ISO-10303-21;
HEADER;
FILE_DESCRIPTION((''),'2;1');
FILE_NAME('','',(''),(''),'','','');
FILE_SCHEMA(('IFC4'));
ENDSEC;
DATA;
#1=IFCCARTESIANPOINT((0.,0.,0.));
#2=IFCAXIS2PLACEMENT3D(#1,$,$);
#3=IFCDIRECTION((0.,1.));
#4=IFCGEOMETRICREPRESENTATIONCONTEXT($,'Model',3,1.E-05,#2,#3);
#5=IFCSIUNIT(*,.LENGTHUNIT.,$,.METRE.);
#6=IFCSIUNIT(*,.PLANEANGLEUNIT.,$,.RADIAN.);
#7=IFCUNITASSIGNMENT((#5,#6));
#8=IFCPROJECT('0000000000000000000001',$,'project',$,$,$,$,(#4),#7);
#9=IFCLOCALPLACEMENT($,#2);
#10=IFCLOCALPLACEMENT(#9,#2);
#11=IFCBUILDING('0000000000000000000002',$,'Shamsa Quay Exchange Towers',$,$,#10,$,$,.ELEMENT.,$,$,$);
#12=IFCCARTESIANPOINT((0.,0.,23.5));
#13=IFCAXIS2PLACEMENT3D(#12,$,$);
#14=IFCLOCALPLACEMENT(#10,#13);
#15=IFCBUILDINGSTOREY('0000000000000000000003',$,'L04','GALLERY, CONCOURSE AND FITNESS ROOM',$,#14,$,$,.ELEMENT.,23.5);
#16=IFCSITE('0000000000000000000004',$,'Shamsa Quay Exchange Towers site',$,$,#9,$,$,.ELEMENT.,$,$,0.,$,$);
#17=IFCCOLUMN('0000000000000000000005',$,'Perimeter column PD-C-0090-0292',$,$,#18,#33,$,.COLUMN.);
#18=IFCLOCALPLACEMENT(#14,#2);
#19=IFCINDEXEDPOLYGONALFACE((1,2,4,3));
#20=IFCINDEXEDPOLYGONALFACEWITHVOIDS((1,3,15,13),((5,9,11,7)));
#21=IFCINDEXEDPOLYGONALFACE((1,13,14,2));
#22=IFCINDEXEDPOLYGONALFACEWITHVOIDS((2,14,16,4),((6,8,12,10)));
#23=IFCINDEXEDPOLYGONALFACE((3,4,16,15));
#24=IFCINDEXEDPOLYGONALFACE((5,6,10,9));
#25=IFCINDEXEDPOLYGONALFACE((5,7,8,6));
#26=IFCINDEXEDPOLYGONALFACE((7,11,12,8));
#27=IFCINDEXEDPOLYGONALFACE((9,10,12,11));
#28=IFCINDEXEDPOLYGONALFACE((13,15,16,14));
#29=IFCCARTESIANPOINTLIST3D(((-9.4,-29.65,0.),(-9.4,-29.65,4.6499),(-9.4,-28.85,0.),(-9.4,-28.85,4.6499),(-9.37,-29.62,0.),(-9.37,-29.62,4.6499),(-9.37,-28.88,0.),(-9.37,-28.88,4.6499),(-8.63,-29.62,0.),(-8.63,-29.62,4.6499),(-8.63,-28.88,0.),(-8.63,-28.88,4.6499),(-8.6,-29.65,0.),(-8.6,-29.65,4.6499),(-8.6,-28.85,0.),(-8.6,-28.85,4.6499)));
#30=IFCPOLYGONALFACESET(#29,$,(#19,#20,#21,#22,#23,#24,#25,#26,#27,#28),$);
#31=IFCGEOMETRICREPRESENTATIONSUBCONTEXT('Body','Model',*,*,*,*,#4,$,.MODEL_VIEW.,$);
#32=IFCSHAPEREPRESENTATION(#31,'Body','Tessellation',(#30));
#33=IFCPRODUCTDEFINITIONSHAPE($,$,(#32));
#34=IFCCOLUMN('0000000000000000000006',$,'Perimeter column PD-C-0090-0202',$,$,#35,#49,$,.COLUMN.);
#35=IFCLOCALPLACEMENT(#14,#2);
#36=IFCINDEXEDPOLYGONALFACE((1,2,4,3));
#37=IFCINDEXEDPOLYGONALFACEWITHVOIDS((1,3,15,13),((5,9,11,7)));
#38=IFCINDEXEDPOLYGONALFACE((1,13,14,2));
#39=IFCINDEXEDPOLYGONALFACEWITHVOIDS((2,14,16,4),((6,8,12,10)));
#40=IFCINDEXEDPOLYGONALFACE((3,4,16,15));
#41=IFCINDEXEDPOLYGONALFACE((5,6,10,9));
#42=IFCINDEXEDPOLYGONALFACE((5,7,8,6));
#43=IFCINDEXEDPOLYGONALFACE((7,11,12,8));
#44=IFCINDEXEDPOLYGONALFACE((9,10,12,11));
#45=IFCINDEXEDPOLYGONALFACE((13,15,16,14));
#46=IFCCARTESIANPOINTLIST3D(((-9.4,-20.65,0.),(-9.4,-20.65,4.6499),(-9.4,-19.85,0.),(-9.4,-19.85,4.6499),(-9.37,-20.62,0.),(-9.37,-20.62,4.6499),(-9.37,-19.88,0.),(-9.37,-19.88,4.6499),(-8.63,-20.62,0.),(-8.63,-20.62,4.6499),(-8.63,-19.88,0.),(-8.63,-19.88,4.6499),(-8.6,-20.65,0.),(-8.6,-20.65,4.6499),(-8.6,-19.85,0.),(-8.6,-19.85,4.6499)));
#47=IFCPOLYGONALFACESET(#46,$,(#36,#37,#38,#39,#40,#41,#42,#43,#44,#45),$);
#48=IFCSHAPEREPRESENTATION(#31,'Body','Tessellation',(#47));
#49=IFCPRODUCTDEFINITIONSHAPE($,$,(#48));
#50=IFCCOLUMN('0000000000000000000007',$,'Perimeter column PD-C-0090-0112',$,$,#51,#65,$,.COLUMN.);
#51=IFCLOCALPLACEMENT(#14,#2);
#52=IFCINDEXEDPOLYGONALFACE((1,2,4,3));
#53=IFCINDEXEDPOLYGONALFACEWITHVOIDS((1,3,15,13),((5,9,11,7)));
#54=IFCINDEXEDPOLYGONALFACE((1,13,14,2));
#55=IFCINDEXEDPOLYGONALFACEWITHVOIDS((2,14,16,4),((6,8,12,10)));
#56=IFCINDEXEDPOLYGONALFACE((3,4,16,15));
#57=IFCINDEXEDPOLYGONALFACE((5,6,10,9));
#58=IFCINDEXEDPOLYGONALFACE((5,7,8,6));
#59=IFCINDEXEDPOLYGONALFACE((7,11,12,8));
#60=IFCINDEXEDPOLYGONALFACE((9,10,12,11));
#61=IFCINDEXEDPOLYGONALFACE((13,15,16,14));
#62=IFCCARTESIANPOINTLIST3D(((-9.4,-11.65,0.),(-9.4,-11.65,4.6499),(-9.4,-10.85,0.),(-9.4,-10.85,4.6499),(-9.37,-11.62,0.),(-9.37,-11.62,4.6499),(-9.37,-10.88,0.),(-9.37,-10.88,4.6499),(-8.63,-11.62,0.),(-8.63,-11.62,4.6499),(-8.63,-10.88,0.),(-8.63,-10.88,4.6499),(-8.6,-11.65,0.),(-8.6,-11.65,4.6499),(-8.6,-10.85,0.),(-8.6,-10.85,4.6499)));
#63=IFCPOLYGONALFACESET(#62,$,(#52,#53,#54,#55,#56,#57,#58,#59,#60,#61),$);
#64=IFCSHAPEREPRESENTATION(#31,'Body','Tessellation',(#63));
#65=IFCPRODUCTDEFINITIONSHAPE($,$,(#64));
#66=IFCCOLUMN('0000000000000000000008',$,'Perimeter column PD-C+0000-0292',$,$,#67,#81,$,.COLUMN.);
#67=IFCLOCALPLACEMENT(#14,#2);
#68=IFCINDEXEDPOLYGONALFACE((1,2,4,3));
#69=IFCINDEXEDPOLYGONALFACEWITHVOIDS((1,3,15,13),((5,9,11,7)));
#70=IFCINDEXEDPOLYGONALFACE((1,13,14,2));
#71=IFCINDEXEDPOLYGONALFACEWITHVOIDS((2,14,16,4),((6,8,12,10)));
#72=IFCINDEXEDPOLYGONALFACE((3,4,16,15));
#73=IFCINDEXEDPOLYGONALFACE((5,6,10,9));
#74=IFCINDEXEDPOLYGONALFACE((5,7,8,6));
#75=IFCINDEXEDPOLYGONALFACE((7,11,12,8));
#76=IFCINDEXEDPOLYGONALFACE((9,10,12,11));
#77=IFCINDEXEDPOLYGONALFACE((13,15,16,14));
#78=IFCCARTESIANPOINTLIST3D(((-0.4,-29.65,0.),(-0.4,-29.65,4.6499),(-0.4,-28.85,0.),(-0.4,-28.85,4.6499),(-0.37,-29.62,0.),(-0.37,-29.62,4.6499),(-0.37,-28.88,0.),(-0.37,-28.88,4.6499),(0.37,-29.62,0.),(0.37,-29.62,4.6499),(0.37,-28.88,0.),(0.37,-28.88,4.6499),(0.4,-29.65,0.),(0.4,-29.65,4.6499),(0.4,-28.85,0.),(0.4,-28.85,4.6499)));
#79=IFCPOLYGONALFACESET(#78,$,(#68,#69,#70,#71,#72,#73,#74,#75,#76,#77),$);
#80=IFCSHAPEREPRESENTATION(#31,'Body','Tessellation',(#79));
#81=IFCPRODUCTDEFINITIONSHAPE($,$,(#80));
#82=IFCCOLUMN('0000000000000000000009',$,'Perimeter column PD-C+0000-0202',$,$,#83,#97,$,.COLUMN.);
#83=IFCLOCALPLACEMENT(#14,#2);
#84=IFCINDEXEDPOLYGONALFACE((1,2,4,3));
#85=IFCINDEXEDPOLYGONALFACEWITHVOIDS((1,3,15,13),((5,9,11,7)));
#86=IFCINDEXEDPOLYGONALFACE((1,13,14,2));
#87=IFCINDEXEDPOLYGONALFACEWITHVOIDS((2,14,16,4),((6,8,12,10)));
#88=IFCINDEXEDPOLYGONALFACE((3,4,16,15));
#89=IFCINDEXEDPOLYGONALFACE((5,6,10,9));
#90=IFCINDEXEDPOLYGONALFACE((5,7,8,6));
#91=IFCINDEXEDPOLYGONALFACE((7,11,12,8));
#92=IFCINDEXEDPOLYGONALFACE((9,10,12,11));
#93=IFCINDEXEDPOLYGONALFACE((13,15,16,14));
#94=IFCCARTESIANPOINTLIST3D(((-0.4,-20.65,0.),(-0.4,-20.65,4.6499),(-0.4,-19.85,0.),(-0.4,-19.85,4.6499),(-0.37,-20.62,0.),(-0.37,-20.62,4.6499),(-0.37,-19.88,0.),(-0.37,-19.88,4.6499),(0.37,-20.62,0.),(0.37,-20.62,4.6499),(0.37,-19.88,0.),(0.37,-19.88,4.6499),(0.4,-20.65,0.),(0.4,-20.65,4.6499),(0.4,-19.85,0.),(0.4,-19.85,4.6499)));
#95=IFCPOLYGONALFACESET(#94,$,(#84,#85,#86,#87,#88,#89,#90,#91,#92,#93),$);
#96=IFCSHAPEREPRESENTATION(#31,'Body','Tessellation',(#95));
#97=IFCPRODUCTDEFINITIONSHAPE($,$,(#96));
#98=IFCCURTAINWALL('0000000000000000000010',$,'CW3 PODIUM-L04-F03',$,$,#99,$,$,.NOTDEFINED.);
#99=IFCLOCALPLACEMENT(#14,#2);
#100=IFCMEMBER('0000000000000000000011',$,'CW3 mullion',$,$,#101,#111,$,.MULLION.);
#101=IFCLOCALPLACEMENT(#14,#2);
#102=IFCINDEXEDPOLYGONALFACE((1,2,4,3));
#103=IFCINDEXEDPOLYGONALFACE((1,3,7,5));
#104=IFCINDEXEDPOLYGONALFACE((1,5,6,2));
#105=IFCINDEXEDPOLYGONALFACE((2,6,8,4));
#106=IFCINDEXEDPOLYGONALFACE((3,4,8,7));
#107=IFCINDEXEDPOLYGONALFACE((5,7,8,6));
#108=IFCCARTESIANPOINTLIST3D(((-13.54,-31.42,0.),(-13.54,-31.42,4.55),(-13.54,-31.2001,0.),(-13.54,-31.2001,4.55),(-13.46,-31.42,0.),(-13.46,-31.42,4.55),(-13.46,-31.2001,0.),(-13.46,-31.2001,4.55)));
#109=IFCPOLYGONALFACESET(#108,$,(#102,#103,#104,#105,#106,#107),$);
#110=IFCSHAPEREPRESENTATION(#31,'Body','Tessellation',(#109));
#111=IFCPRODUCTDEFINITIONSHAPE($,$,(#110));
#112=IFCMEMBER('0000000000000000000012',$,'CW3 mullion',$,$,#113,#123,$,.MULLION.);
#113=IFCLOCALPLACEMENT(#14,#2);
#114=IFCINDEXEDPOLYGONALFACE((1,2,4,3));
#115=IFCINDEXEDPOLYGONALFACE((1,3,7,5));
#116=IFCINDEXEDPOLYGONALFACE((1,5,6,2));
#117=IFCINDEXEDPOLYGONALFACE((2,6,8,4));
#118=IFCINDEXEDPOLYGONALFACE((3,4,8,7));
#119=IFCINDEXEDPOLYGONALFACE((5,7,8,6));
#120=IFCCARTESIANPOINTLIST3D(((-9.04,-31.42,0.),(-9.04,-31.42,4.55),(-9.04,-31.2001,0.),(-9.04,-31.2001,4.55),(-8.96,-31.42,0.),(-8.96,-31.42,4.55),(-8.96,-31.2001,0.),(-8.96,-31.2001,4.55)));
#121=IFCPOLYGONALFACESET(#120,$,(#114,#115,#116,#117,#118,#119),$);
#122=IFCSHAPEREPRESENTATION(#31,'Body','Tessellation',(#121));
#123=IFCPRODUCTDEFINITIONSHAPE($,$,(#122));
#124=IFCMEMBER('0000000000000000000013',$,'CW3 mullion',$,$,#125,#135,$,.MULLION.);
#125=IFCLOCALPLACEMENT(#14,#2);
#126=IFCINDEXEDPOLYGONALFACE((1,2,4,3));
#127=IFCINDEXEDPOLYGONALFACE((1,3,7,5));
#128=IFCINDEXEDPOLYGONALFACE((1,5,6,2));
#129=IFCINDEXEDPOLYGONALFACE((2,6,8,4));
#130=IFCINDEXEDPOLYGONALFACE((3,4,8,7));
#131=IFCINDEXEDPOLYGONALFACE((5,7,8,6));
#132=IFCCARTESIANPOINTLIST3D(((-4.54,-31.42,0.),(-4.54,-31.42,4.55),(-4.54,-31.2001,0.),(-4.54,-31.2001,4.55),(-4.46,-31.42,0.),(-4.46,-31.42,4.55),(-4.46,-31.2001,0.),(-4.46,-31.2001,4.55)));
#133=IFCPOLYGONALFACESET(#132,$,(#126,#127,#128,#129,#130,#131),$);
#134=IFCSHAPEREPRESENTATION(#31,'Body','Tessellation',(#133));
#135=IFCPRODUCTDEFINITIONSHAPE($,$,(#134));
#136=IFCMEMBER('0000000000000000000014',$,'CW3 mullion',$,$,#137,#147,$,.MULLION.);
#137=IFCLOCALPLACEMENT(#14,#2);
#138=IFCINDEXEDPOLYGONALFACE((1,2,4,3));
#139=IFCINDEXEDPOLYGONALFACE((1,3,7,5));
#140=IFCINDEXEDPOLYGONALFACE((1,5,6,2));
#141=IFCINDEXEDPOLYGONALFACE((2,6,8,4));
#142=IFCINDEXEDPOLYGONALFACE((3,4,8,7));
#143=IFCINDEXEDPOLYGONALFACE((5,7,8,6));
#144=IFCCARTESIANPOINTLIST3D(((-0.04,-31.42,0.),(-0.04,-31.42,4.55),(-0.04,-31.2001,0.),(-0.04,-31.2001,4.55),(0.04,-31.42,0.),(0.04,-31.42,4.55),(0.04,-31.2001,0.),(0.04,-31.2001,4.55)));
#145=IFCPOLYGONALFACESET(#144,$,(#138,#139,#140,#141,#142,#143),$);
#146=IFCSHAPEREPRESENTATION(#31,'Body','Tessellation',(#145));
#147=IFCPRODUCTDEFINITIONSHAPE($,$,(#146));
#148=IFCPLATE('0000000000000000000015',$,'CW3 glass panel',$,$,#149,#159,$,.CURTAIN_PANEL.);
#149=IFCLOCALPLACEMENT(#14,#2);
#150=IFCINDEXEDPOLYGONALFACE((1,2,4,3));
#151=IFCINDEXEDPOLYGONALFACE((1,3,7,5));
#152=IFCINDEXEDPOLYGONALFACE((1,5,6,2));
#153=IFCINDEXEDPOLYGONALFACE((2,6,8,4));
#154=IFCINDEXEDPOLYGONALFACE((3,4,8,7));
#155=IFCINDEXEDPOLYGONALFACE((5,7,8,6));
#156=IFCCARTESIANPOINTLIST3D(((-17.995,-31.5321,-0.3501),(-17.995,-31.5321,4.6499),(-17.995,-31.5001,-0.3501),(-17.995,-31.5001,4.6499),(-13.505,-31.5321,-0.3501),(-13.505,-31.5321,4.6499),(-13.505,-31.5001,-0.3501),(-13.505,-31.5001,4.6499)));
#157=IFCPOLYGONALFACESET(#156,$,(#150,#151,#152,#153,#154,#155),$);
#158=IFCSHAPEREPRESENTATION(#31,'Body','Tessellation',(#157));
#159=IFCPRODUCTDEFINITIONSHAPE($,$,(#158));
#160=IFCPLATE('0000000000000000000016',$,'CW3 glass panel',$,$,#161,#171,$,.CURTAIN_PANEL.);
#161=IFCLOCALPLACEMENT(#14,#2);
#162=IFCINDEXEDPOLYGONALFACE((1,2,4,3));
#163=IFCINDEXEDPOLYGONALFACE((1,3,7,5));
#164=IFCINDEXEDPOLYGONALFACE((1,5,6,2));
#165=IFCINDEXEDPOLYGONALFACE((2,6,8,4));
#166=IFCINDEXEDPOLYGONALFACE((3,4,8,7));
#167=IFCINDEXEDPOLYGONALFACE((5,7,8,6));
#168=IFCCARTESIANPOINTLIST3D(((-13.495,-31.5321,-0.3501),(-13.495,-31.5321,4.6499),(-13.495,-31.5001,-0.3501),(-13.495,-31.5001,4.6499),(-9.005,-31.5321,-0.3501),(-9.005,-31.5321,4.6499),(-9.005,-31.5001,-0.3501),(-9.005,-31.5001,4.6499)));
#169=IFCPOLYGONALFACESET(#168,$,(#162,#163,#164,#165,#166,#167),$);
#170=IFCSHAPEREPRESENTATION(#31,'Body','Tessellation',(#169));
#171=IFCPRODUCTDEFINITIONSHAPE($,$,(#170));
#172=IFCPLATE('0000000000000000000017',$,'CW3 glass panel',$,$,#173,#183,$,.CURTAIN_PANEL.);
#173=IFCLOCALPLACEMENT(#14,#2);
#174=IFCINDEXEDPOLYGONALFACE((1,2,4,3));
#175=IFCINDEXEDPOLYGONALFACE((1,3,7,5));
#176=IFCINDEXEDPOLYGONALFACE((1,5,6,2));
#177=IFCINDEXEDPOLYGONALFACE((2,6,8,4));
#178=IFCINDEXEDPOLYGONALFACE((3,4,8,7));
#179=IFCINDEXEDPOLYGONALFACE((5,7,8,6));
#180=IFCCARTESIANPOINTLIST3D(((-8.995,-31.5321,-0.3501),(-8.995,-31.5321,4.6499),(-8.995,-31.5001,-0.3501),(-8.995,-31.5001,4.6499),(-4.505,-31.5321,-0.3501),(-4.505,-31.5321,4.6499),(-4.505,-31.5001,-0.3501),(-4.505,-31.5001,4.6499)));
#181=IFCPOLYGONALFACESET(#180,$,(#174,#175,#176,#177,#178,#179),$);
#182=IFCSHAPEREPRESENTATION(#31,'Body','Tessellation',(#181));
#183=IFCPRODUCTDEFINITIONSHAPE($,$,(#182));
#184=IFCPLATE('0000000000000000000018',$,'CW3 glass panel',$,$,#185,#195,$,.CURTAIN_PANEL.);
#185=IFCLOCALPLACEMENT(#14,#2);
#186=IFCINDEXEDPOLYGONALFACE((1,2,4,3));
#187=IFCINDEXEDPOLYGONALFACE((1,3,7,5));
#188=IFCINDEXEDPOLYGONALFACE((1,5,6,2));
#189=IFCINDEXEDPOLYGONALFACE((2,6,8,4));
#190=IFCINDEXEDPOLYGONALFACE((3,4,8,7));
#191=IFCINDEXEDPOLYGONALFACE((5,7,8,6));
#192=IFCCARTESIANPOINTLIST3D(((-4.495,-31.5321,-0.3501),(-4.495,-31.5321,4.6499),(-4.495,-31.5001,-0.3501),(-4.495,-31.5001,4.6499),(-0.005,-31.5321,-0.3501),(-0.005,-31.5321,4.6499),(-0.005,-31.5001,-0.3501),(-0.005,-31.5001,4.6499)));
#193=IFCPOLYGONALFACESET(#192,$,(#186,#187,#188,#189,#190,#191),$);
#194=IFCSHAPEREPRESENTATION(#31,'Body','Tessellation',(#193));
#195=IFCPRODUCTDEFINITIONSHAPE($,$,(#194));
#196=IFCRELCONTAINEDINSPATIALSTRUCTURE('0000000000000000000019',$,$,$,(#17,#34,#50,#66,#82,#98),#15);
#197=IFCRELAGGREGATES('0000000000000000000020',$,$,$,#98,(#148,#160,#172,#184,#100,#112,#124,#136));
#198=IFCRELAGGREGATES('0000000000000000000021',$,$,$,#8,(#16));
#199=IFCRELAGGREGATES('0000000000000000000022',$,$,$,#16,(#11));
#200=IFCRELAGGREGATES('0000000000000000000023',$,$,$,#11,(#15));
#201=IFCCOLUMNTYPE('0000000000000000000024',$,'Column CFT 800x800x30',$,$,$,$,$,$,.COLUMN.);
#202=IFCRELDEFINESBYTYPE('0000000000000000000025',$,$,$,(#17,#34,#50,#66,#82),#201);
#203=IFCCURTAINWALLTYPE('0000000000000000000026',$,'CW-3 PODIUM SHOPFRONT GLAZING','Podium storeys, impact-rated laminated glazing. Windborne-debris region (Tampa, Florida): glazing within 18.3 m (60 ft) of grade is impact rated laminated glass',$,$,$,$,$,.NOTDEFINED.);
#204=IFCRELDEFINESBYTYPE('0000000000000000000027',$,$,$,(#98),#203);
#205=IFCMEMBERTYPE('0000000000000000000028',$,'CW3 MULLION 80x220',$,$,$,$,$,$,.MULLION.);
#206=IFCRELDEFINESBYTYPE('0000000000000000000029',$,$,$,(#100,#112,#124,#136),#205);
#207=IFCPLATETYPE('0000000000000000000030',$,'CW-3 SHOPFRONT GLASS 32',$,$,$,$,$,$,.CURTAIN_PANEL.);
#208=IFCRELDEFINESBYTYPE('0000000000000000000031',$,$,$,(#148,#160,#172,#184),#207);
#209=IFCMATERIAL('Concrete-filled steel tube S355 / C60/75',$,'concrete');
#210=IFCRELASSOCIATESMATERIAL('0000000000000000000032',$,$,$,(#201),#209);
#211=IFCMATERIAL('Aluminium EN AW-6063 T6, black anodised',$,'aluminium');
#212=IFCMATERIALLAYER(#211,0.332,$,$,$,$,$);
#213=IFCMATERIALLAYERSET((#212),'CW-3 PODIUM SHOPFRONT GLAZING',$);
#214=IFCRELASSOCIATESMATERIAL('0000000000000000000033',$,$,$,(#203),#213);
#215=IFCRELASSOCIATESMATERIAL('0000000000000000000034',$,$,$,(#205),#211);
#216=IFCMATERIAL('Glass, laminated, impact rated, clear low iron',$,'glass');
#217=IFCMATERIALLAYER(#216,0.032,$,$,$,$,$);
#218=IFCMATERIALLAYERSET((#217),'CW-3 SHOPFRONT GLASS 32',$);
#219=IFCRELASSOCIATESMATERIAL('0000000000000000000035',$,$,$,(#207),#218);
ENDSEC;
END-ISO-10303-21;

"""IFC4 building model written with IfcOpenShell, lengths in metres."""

from ifc_helpers import new_model, si_unit, direction, frame, origin, origin_2d, place, context, subcontext, project, spatial, rectangle, hollow_rectangle, extrude, material, layer, layer_set, material_profile, profile_set, type_object, element, aggregate, save


model = new_model("IFC4")

# Units and contexts
model_context = context("Model", 3, precision=1e-05, world=origin(), true_north=direction((0.0, 1.0)))
body_context = subcontext(model_context, "Body", "Model", "MODEL_VIEW")
ifc_project = project(units=[si_unit("LENGTHUNIT", "METRE"), si_unit("PLANEANGLEUNIT", "RADIAN")], contexts=[model_context])

# Site, building, storey
site_placement = place(None, origin())
site = spatial("IfcSite", under=ifc_project, at=site_placement, Name="Shamsa Quay Exchange Towers site", CompositionType="ELEMENT", RefElevation=0.0)
building_placement = place(site_placement, origin())
building = spatial("IfcBuilding", under=site, at=building_placement, Name="Shamsa Quay Exchange Towers", CompositionType="ELEMENT")
storey_placement = place(building_placement, frame((0.0, 0.0, 23.5)))
storey = spatial("IfcBuildingStorey", under=building, at=storey_placement, Name="L04", Description="GALLERY, CONCOURSE AND FITNESS ROOM", CompositionType="ELEMENT", Elevation=23.5)

# Columns
ifc_material_1 = material(Name="Concrete-filled steel tube S355 / C60/75", Category="concrete")
ifc_material_profile_1 = material_profile(ifc_material_1, hollow_rectangle(XDim=0.8, YDim=0.8, WallThickness=0.03, at=origin_2d()), Name="CFT 800x800x30")
ifc_profile_set_1 = profile_set([ifc_material_profile_1], Name="Concrete-filled steel tube S355 / C60/75")
column_type = type_object("IfcColumnType", Name="Column CFT 800x800x30", PredefinedType="COLUMN", material=ifc_profile_set_1)
for number, where, name in (
    (1, (-9.0, -29.25, 0.0), "Perimeter column PD-C-0090-0292"),
    (2, (-9.0, -20.25, 0.0), "Perimeter column PD-C-0090-0202"),
    (3, (-9.0, -11.25, 0.0), "Perimeter column PD-C-0090-0112"),
    (4, (0.0, -29.25, 0.0), "Perimeter column PD-C+0000-0292"),
    (5, (0.0, -20.25, 0.0), "Perimeter column PD-C+0000-0202"),
):
    element("IfcColumn", number, at=place(storey_placement, frame(where)), inside=storey, type_object=column_type, Name=name, PredefinedType="COLUMN", context=body_context, shape_type="SweptSolid", body=[
        extrude(hollow_rectangle(XDim=0.8, YDim=0.8, WallThickness=0.03, at=origin_2d()), origin(), (0.0, 0.0, 1.0), 4.6499),
    ])

# Curtain wall, members, plates
ifc_material_2 = material(Name="Aluminium EN AW-6063 T6, black anodised", Category="aluminium")
ifc_layer_1 = layer(ifc_material_2, 0.332)
ifc_layer_set_1 = layer_set([ifc_layer_1], Name="CW-3 PODIUM SHOPFRONT GLAZING")
curtain_wall_type = type_object("IfcCurtainWallType", Name="CW-3 PODIUM SHOPFRONT GLAZING", Description="Podium storeys, impact-rated laminated glazing. Windborne-debris region (Tampa, Florida): glazing within 18.3 m (60 ft) of grade is impact rated laminated glass", PredefinedType="NOTDEFINED", material=ifc_layer_set_1)
curtain_wall_placement = place(storey_placement, origin())
curtain_wall = element("IfcCurtainWall", 6, at=curtain_wall_placement, inside=storey, type_object=curtain_wall_type, Name="CW3 PODIUM-L04-F03", PredefinedType="NOTDEFINED")
ifc_material_profile_2 = material_profile(ifc_material_2, rectangle(XDim=0.22, YDim=0.0801, at=origin_2d()), Name="MU80x220")
ifc_profile_set_2 = profile_set([ifc_material_profile_2], Name="Aluminium EN AW-6063 T6, black anodised")
member_type = type_object("IfcMemberType", Name="CW3 MULLION 80x220", PredefinedType="MULLION", material=ifc_profile_set_2)
member_1_placement = place(storey_placement, frame((-13.5, -31.3101, 0.0), z_axis=(0.0, 0.0, 1.0), x_axis=(0.0, 1.0, 0.0)))
member_1 = element("IfcMember", 7, at=member_1_placement, type_object=member_type, Name="CW3 mullion", PredefinedType="MULLION", context=body_context, shape_type="SweptSolid", body=[
    extrude(rectangle(XDim=0.22, YDim=0.0801, at=origin_2d()), origin(), (0.0, 0.0, 1.0), 4.55),
])
member_2_placement = place(storey_placement, frame((-9.0, -31.3101, 0.0), z_axis=(0.0, 0.0, 1.0), x_axis=(0.0, 1.0, 0.0)))
member_2 = element("IfcMember", 8, at=member_2_placement, type_object=member_type, Name="CW3 mullion", PredefinedType="MULLION", context=body_context, shape_type="SweptSolid", body=[
    extrude(rectangle(XDim=0.22, YDim=0.0801, at=origin_2d()), origin(), (0.0, 0.0, 1.0), 4.55),
])
member_3_placement = place(storey_placement, frame((-4.5, -31.3101, 0.0), z_axis=(0.0, 0.0, 1.0), x_axis=(0.0, 1.0, 0.0)))
member_3 = element("IfcMember", 9, at=member_3_placement, type_object=member_type, Name="CW3 mullion", PredefinedType="MULLION", context=body_context, shape_type="SweptSolid", body=[
    extrude(rectangle(XDim=0.22, YDim=0.0801, at=origin_2d()), origin(), (0.0, 0.0, 1.0), 4.55),
])
member_4_placement = place(storey_placement, frame((0.0, -31.3101, 0.0), z_axis=(0.0, 0.0, 1.0), x_axis=(0.0, 1.0, 0.0)))
member_4 = element("IfcMember", 10, at=member_4_placement, type_object=member_type, Name="CW3 mullion", PredefinedType="MULLION", context=body_context, shape_type="SweptSolid", body=[
    extrude(rectangle(XDim=0.22, YDim=0.0801, at=origin_2d()), origin(), (0.0, 0.0, 1.0), 4.55),
])
ifc_material_3 = material(Name="Glass, laminated, impact rated, clear low iron", Category="glass")
ifc_layer_2 = layer(ifc_material_3, 0.032)
ifc_layer_set_2 = layer_set([ifc_layer_2], Name="CW-3 SHOPFRONT GLASS 32")
plate_type = type_object("IfcPlateType", Name="CW-3 SHOPFRONT GLASS 32", PredefinedType="CURTAIN_PANEL", material=ifc_layer_set_2)
plate_1_placement = place(storey_placement, frame((-15.75, -31.5161, -0.3501)))
plate_1 = element("IfcPlate", 11, at=plate_1_placement, type_object=plate_type, Name="CW3 glass panel", PredefinedType="CURTAIN_PANEL", context=body_context, shape_type="SweptSolid", body=[
    extrude(rectangle(XDim=4.49, YDim=0.032, at=origin_2d()), origin(), (0.0, 0.0, 1.0), 5.0),
])
plate_2_placement = place(storey_placement, frame((-11.25, -31.5161, -0.3501)))
plate_2 = element("IfcPlate", 12, at=plate_2_placement, type_object=plate_type, Name="CW3 glass panel", PredefinedType="CURTAIN_PANEL", context=body_context, shape_type="SweptSolid", body=[
    extrude(rectangle(XDim=4.49, YDim=0.032, at=origin_2d()), origin(), (0.0, 0.0, 1.0), 5.0),
])
plate_3_placement = place(storey_placement, frame((-6.75, -31.5161, -0.3501)))
plate_3 = element("IfcPlate", 13, at=plate_3_placement, type_object=plate_type, Name="CW3 glass panel", PredefinedType="CURTAIN_PANEL", context=body_context, shape_type="SweptSolid", body=[
    extrude(rectangle(XDim=4.49, YDim=0.032, at=origin_2d()), origin(), (0.0, 0.0, 1.0), 5.0),
])
plate_4_placement = place(storey_placement, frame((-2.25, -31.5161, -0.3501)))
plate_4 = element("IfcPlate", 14, at=plate_4_placement, type_object=plate_type, Name="CW3 glass panel", PredefinedType="CURTAIN_PANEL", context=body_context, shape_type="SweptSolid", body=[
    extrude(rectangle(XDim=4.49, YDim=0.032, at=origin_2d()), origin(), (0.0, 0.0, 1.0), 5.0),
])
aggregate(curtain_wall, [plate_1, plate_2, plate_3, plate_4, member_1, member_2, member_3, member_4])

save(model, "model.ifc")
